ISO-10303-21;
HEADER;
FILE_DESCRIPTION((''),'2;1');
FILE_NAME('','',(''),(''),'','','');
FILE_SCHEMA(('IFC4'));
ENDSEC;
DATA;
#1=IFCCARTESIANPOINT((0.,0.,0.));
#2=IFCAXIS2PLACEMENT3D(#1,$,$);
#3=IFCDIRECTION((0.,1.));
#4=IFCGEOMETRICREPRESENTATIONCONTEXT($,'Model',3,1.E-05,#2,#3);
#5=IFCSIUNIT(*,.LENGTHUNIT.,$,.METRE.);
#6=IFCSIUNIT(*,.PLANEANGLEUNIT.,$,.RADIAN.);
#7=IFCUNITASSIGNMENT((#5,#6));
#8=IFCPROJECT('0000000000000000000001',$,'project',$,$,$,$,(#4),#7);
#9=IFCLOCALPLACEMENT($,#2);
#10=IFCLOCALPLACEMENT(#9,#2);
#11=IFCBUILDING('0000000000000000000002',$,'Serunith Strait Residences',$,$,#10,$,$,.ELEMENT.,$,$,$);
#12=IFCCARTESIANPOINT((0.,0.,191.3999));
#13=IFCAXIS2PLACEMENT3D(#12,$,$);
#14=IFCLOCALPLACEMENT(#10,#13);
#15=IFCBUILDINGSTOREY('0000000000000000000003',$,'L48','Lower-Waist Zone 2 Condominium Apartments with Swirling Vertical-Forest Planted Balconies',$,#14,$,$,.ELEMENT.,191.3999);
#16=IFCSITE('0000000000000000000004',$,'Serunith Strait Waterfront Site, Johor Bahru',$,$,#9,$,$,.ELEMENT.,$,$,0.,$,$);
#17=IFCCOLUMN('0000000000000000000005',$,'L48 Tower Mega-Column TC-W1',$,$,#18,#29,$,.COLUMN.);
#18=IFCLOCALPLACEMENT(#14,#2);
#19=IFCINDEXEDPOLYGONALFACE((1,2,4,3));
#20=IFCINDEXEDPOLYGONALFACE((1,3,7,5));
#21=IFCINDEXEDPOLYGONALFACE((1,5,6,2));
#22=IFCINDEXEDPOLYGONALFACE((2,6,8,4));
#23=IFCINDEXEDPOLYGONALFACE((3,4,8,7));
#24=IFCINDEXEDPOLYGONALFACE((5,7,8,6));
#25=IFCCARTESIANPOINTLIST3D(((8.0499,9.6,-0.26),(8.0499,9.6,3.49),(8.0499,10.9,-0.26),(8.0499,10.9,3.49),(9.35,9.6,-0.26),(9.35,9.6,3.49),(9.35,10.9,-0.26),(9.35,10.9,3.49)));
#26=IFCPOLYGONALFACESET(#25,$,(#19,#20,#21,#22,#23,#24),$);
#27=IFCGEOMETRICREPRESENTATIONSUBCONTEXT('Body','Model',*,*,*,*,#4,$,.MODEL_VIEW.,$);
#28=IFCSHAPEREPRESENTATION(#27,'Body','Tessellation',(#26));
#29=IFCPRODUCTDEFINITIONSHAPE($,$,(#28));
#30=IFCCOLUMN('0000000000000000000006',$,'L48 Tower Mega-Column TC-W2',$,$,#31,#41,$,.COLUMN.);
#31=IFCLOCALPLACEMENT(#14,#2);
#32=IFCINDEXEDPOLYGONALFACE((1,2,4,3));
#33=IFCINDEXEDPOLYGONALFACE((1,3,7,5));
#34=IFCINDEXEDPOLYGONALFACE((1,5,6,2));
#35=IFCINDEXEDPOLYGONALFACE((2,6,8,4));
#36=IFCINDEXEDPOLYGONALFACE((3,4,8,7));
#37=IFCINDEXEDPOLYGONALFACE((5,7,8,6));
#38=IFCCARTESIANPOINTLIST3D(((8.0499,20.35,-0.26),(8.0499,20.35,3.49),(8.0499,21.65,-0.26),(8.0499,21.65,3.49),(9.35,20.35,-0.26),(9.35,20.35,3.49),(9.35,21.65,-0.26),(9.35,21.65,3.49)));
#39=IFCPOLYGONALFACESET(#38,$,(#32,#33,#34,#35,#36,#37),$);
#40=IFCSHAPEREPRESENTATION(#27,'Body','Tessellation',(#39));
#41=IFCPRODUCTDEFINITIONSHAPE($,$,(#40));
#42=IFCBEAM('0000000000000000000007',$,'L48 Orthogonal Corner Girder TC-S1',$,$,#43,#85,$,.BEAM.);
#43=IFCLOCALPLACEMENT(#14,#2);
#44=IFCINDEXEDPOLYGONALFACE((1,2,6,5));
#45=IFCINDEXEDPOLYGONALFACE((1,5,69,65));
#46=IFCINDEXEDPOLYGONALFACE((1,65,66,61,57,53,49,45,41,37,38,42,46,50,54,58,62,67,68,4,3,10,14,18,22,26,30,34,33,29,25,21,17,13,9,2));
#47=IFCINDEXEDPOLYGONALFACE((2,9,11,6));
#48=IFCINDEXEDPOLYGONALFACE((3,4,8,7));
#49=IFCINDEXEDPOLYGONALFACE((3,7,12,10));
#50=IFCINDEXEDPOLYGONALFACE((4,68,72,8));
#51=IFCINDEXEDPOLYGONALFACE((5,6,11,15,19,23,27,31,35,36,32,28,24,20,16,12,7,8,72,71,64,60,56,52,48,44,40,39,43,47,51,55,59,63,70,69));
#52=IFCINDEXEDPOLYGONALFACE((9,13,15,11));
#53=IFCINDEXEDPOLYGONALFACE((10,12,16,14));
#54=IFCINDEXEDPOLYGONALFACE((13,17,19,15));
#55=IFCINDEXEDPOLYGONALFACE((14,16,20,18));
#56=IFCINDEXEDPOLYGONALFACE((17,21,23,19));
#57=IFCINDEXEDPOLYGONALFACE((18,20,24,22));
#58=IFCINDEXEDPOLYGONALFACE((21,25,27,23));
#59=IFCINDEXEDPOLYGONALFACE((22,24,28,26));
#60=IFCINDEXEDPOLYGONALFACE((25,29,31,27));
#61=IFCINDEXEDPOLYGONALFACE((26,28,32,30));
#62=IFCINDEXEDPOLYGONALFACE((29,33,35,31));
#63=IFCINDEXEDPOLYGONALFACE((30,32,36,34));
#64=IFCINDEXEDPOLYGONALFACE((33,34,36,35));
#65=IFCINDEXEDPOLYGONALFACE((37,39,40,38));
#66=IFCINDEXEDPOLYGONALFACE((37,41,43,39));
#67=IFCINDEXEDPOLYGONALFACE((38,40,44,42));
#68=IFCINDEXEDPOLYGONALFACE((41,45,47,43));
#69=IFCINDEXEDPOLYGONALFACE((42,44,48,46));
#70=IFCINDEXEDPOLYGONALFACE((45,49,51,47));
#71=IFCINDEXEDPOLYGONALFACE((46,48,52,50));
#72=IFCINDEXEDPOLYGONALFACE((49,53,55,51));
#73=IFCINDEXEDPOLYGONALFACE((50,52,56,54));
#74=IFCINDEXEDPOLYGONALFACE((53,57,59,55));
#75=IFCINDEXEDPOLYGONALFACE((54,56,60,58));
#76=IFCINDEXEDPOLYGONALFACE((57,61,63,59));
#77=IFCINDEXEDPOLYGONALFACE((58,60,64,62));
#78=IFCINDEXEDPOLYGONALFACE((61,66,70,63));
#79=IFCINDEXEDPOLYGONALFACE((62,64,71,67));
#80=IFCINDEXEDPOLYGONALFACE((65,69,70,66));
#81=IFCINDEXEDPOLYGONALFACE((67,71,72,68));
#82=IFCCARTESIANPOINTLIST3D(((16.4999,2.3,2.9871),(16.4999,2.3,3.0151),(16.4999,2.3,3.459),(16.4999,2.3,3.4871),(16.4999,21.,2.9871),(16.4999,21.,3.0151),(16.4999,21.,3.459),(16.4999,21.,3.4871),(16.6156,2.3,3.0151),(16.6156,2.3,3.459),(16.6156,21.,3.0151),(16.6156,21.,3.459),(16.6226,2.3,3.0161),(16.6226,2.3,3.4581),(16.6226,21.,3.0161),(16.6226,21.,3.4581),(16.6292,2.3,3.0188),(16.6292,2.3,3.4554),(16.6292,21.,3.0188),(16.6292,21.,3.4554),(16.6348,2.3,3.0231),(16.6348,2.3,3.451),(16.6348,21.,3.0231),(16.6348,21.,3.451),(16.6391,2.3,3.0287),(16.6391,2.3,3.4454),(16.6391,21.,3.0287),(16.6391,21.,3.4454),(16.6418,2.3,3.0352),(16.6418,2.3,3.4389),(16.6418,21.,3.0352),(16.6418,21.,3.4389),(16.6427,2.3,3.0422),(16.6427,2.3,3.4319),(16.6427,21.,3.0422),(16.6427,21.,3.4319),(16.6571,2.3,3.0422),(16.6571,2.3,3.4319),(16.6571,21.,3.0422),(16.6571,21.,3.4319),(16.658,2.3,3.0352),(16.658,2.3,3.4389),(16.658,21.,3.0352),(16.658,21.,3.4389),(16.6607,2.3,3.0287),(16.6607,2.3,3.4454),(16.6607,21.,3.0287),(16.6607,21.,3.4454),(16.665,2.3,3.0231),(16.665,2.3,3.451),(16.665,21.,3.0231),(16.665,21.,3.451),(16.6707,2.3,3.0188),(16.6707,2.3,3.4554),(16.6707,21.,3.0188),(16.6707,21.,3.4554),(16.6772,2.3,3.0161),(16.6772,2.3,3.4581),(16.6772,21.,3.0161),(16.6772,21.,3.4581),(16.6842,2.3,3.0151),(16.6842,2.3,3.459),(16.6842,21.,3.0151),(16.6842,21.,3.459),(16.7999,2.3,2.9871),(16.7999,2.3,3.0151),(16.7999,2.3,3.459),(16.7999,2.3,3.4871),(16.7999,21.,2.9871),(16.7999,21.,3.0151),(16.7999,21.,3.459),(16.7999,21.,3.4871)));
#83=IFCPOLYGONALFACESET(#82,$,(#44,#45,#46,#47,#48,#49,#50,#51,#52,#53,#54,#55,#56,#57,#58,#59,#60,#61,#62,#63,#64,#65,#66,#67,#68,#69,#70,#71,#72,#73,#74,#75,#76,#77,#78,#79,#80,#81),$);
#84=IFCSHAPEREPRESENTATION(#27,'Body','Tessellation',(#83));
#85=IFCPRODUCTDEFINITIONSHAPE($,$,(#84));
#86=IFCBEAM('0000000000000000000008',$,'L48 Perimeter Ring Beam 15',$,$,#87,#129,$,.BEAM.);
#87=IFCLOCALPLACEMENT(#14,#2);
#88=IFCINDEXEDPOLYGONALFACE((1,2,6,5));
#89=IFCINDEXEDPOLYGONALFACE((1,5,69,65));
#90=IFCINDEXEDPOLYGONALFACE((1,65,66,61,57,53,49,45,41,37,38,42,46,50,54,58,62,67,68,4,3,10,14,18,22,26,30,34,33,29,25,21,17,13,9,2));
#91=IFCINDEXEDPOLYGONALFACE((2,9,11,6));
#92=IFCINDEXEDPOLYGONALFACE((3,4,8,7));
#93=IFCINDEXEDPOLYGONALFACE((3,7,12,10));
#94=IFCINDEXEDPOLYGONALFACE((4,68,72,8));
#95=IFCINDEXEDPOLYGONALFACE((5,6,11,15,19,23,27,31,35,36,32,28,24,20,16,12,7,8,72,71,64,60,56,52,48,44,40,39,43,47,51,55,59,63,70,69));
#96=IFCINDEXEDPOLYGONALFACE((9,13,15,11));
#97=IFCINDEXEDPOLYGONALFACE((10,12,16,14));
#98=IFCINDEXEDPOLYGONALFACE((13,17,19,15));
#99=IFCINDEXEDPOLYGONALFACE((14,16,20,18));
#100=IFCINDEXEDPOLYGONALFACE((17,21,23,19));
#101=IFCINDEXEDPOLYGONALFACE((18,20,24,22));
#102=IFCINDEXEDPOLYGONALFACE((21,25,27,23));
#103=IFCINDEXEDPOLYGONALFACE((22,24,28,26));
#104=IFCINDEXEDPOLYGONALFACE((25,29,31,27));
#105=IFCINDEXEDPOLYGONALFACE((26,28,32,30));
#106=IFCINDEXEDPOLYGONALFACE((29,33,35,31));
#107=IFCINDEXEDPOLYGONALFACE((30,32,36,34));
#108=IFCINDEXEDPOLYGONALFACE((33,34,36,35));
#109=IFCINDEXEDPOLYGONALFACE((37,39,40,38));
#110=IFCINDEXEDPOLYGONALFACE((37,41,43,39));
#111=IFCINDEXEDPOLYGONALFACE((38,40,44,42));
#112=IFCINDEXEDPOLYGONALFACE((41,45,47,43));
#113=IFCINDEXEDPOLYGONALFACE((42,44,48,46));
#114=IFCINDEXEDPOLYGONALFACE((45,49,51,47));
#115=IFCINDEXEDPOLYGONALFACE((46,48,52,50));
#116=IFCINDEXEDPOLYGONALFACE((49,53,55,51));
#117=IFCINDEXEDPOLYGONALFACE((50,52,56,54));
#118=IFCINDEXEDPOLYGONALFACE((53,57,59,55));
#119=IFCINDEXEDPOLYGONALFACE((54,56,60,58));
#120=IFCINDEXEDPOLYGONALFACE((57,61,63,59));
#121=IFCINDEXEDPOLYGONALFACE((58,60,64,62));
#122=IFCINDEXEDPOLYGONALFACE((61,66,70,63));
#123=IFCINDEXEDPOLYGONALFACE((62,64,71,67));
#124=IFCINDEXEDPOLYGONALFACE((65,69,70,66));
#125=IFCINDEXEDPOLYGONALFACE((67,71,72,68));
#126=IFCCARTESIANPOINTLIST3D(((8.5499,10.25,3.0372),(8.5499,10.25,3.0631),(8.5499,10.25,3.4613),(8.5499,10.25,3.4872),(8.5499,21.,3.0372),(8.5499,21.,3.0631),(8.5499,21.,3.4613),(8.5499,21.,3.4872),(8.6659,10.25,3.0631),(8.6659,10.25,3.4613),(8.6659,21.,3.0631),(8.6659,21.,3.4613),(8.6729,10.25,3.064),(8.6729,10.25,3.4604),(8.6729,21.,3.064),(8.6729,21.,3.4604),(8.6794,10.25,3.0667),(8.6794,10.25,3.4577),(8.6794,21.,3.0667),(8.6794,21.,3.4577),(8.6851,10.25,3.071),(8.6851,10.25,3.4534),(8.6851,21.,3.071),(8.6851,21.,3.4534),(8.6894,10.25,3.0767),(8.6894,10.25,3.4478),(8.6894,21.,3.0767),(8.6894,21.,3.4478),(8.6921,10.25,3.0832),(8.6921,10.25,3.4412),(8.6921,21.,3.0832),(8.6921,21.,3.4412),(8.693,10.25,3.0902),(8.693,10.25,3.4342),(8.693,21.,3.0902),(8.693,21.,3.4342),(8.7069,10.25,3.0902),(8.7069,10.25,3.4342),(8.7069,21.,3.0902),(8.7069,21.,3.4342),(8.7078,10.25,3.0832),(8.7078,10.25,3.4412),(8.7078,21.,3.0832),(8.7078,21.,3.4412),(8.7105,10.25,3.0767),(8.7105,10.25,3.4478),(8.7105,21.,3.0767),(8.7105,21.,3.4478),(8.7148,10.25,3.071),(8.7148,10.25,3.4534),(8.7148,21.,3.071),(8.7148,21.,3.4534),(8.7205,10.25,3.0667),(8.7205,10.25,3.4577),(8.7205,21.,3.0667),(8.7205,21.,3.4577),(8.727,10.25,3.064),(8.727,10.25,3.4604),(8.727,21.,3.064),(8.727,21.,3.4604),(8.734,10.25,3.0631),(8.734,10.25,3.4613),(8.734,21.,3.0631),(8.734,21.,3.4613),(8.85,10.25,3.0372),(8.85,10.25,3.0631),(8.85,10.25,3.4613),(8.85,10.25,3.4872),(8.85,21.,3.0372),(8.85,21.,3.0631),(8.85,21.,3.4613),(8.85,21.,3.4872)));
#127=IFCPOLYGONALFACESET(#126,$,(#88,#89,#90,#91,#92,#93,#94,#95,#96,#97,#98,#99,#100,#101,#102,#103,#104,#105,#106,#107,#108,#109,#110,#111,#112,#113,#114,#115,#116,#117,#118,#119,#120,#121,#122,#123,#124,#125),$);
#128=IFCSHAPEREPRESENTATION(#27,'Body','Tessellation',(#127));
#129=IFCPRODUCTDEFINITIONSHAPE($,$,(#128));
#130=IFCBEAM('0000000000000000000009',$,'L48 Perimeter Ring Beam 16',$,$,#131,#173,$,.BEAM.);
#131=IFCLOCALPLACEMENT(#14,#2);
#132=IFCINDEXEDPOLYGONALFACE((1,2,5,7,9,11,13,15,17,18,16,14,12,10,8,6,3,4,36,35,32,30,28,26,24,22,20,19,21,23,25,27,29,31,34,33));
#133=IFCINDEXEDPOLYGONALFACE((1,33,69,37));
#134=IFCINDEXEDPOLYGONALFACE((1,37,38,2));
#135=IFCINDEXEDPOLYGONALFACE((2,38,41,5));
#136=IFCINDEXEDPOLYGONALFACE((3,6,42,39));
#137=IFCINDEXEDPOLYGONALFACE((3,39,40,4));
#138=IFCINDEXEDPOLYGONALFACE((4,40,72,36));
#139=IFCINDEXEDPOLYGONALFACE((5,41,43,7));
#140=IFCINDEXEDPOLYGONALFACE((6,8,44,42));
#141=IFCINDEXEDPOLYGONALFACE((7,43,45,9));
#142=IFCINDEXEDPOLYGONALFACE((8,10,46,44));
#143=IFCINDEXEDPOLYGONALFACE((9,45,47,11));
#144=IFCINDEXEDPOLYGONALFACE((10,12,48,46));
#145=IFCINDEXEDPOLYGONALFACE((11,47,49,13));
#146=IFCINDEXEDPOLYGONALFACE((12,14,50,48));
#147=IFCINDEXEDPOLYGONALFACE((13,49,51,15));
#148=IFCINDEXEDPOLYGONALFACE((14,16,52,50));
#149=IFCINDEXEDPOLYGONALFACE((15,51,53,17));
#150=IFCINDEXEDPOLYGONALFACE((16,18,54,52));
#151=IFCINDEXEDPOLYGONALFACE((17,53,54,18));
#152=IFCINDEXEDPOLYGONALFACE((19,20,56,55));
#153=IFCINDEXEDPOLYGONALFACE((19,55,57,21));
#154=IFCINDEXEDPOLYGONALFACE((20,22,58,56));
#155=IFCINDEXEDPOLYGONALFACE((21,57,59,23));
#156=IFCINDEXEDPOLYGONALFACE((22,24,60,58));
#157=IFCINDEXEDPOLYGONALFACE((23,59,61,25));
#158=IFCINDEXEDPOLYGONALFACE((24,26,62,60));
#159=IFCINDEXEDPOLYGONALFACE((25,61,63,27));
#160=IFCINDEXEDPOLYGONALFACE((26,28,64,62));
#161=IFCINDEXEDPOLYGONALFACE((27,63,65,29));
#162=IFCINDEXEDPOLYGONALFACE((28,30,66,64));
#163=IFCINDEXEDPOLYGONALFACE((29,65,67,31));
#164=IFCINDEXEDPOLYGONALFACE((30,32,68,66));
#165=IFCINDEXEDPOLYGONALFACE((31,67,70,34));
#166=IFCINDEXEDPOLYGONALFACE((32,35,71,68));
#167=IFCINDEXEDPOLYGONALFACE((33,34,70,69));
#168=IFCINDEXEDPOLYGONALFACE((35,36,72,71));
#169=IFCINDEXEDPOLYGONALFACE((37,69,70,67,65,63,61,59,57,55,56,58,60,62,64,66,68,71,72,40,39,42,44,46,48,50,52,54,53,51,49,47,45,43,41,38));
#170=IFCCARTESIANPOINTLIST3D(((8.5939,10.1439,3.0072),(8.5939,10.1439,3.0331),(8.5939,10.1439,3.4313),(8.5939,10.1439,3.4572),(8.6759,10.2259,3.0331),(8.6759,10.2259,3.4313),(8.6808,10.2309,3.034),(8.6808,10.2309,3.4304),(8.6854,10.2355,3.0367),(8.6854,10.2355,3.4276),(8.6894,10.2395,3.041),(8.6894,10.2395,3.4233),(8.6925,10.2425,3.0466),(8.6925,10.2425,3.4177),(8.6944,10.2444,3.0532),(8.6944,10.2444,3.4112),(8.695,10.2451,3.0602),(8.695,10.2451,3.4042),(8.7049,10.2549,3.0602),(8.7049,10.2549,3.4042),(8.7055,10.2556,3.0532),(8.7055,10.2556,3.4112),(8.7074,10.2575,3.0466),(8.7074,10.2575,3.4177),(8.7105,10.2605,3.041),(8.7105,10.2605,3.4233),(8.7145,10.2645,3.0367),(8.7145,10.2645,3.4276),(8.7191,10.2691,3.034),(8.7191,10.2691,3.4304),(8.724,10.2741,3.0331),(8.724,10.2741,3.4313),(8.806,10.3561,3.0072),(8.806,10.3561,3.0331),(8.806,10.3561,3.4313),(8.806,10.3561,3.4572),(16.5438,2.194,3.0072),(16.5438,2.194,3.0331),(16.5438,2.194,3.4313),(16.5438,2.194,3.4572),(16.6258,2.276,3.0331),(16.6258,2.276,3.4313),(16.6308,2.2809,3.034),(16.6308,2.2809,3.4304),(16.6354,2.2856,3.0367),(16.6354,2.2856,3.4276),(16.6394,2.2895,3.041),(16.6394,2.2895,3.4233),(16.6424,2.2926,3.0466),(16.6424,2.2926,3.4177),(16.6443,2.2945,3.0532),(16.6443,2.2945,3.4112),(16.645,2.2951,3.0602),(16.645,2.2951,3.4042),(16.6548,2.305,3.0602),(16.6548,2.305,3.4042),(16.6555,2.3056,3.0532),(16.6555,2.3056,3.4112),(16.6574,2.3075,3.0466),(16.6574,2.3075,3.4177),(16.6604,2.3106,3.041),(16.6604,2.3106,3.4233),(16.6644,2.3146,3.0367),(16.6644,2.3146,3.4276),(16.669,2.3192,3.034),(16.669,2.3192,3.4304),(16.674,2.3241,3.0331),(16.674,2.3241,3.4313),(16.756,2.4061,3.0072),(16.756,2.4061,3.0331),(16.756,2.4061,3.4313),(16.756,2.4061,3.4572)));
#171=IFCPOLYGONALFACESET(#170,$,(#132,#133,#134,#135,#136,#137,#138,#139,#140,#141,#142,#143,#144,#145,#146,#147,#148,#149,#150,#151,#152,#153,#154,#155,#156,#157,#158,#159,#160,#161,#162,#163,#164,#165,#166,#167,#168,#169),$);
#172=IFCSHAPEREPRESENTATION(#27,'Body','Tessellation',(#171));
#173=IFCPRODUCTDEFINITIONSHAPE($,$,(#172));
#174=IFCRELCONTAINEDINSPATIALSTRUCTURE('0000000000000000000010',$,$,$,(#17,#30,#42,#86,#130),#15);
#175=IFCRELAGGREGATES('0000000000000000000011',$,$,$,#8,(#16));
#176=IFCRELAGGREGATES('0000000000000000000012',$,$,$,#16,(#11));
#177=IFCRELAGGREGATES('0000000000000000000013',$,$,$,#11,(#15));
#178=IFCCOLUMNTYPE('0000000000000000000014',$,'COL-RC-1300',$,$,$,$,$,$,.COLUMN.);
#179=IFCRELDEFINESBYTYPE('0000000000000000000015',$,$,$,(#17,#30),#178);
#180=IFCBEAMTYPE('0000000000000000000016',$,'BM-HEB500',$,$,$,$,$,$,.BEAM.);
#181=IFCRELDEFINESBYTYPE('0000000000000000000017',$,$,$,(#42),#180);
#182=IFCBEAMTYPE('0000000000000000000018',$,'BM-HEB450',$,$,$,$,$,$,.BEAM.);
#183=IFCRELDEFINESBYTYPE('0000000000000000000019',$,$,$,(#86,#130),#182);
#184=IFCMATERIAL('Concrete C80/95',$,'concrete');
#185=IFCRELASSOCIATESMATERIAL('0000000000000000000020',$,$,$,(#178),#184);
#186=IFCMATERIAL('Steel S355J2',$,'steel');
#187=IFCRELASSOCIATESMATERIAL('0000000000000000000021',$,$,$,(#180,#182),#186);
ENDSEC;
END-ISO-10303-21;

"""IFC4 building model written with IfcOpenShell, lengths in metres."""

from ifc_helpers import new_model, si_unit, direction, frame, origin, origin_2d, place, context, subcontext, project, spatial, rectangle, i_section, extrude, source, transform, mapped, material, material_profile, profile_set, type_object, element, save


model = new_model("IFC4")

# Units and contexts
model_context = context("Model", 3, precision=1e-05, world=origin(), true_north=direction((0.0, 1.0)))
body_context = subcontext(model_context, "Body", "Model", "MODEL_VIEW")
ifc_project = project(units=[si_unit("LENGTHUNIT", "METRE"), si_unit("PLANEANGLEUNIT", "RADIAN")], contexts=[model_context])

# Site, building, storey
site_placement = place(None, origin())
site = spatial("IfcSite", under=ifc_project, at=site_placement, Name="Serunith Strait Waterfront Site, Johor Bahru", CompositionType="ELEMENT", RefElevation=0.0)
building_placement = place(site_placement, origin())
building = spatial("IfcBuilding", under=site, at=building_placement, Name="Serunith Strait Residences", CompositionType="ELEMENT")
storey_placement = place(building_placement, frame((0.0, 0.0, 191.3999)))
storey = spatial("IfcBuildingStorey", under=building, at=storey_placement, Name="L48", Description="Lower-Waist Zone 2 Condominium Apartments with Swirling Vertical-Forest Planted Balconies", CompositionType="ELEMENT", Elevation=191.3999)

# Columns
ifc_material_1 = material(Name="Concrete C80/95", Category="concrete")
ifc_material_profile_1 = material_profile(ifc_material_1, rectangle(XDim=1.3, YDim=1.3, at=origin_2d()), Name="RC 1300x1300")
ifc_profile_set_1 = profile_set([ifc_material_profile_1], Name="Concrete C80/95")
column_type = type_object("IfcColumnType", Name="COL-RC-1300", PredefinedType="COLUMN", material=ifc_profile_set_1)
shared_shape_1 = source(origin(), body_context, "Body", "SweptSolid", [
    extrude(rectangle(XDim=1.3, YDim=1.3, at=origin_2d()), origin(), (0.0, 0.0, 1.0), 3.75),
])
for number, where, z_axis, x_axis, name in (
    (1, (8.7, 10.25, -0.26), (0.0, 0.0, 1.0), (1.0, 0.0, 0.0), "L48 Tower Mega-Column TC-W1"),
    (2, (8.7, 21.0, -0.26), (0.0, 0.0, 1.0), (1.0, 0.0, 0.0), "L48 Tower Mega-Column TC-W2"),
):
    element("IfcColumn", number, at=place(storey_placement, frame(where, z_axis=z_axis, x_axis=x_axis)), inside=storey, type_object=column_type, Name=name, PredefinedType="COLUMN", context=body_context, shape_type="MappedRepresentation", body=[
        mapped(shared_shape_1, transform((0.0, 0.0, 0.0), scale=1.0)),
    ])

# Beams
ifc_material_2 = material(Name="Steel S355J2", Category="steel")
ifc_material_profile_2 = material_profile(ifc_material_2, i_section(OverallWidth=0.3, OverallDepth=0.5, WebThickness=0.0144, FlangeThickness=0.0281, FilletRadius=0.0271, at=origin_2d()), Name="HEB 500")
ifc_profile_set_2 = profile_set([ifc_material_profile_2], Name="Steel S355J2")
beam_type_1 = type_object("IfcBeamType", Name="BM-HEB500", PredefinedType="BEAM", material=ifc_profile_set_2)
shared_shape_2 = source(origin(), body_context, "Body", "SweptSolid", [
    extrude(i_section(OverallWidth=0.3, OverallDepth=0.5, WebThickness=0.0144, FlangeThickness=0.0281, FilletRadius=0.0271, at=origin_2d()), origin(), (0.0, 0.0, 1.0), 18.7),
])
beam_1_placement = place(storey_placement, frame((16.6499, 21.0, 3.2371), z_axis=(0.0, -1.0, 0.0), x_axis=(1.0, 0.0, 0.0)))
element("IfcBeam", 3, at=beam_1_placement, inside=storey, type_object=beam_type_1, Name="L48 Orthogonal Corner Girder TC-S1", PredefinedType="BEAM", context=body_context, shape_type="MappedRepresentation", body=[
    mapped(shared_shape_2, transform((0.0, 0.0, 0.0), scale=1.0)),
])
ifc_material_profile_3 = material_profile(ifc_material_2, i_section(OverallWidth=0.3, OverallDepth=0.45, WebThickness=0.0139, FlangeThickness=0.0259, FilletRadius=0.0271, at=origin_2d()), Name="HEB 450")
ifc_profile_set_3 = profile_set([ifc_material_profile_3], Name="Steel S355J2")
beam_type_2 = type_object("IfcBeamType", Name="BM-HEB450", PredefinedType="BEAM", material=ifc_profile_set_3)
shared_shape_3 = source(origin(), body_context, "Body", "SweptSolid", [
    extrude(i_section(OverallWidth=0.3, OverallDepth=0.45, WebThickness=0.0139, FlangeThickness=0.0259, FilletRadius=0.0271, at=origin_2d()), origin(), (0.0, 0.0, 1.0), 10.75),
])
beam_2_placement = place(storey_placement, frame((8.7, 21.0, 3.2622), z_axis=(0.0, -1.0, 0.0), x_axis=(1.0, 0.0, 0.0)))
element("IfcBeam", 4, at=beam_2_placement, inside=storey, type_object=beam_type_2, Name="L48 Perimeter Ring Beam 15", PredefinedType="BEAM", context=body_context, shape_type="MappedRepresentation", body=[
    mapped(shared_shape_3, transform((0.0, 0.0, 0.0), scale=1.0)),
])
shared_shape_4 = source(origin(), body_context, "Body", "SweptSolid", [
    extrude(i_section(OverallWidth=0.3, OverallDepth=0.45, WebThickness=0.0139, FlangeThickness=0.0259, FilletRadius=0.0271, at=origin_2d()), origin(), (0.0, 0.0, 1.0), 11.2429),
])
beam_3_placement = place(storey_placement, frame((8.7, 10.25, 3.2322), z_axis=(0.707107, -0.707107, 0.0), x_axis=(0.707107, 0.707107, 0.0)))
element("IfcBeam", 5, at=beam_3_placement, inside=storey, type_object=beam_type_2, Name="L48 Perimeter Ring Beam 16", PredefinedType="BEAM", context=body_context, shape_type="MappedRepresentation", body=[
    mapped(shared_shape_4, transform((0.0, 0.0, 0.0), scale=1.0)),
])

save(model, "model.ifc")
